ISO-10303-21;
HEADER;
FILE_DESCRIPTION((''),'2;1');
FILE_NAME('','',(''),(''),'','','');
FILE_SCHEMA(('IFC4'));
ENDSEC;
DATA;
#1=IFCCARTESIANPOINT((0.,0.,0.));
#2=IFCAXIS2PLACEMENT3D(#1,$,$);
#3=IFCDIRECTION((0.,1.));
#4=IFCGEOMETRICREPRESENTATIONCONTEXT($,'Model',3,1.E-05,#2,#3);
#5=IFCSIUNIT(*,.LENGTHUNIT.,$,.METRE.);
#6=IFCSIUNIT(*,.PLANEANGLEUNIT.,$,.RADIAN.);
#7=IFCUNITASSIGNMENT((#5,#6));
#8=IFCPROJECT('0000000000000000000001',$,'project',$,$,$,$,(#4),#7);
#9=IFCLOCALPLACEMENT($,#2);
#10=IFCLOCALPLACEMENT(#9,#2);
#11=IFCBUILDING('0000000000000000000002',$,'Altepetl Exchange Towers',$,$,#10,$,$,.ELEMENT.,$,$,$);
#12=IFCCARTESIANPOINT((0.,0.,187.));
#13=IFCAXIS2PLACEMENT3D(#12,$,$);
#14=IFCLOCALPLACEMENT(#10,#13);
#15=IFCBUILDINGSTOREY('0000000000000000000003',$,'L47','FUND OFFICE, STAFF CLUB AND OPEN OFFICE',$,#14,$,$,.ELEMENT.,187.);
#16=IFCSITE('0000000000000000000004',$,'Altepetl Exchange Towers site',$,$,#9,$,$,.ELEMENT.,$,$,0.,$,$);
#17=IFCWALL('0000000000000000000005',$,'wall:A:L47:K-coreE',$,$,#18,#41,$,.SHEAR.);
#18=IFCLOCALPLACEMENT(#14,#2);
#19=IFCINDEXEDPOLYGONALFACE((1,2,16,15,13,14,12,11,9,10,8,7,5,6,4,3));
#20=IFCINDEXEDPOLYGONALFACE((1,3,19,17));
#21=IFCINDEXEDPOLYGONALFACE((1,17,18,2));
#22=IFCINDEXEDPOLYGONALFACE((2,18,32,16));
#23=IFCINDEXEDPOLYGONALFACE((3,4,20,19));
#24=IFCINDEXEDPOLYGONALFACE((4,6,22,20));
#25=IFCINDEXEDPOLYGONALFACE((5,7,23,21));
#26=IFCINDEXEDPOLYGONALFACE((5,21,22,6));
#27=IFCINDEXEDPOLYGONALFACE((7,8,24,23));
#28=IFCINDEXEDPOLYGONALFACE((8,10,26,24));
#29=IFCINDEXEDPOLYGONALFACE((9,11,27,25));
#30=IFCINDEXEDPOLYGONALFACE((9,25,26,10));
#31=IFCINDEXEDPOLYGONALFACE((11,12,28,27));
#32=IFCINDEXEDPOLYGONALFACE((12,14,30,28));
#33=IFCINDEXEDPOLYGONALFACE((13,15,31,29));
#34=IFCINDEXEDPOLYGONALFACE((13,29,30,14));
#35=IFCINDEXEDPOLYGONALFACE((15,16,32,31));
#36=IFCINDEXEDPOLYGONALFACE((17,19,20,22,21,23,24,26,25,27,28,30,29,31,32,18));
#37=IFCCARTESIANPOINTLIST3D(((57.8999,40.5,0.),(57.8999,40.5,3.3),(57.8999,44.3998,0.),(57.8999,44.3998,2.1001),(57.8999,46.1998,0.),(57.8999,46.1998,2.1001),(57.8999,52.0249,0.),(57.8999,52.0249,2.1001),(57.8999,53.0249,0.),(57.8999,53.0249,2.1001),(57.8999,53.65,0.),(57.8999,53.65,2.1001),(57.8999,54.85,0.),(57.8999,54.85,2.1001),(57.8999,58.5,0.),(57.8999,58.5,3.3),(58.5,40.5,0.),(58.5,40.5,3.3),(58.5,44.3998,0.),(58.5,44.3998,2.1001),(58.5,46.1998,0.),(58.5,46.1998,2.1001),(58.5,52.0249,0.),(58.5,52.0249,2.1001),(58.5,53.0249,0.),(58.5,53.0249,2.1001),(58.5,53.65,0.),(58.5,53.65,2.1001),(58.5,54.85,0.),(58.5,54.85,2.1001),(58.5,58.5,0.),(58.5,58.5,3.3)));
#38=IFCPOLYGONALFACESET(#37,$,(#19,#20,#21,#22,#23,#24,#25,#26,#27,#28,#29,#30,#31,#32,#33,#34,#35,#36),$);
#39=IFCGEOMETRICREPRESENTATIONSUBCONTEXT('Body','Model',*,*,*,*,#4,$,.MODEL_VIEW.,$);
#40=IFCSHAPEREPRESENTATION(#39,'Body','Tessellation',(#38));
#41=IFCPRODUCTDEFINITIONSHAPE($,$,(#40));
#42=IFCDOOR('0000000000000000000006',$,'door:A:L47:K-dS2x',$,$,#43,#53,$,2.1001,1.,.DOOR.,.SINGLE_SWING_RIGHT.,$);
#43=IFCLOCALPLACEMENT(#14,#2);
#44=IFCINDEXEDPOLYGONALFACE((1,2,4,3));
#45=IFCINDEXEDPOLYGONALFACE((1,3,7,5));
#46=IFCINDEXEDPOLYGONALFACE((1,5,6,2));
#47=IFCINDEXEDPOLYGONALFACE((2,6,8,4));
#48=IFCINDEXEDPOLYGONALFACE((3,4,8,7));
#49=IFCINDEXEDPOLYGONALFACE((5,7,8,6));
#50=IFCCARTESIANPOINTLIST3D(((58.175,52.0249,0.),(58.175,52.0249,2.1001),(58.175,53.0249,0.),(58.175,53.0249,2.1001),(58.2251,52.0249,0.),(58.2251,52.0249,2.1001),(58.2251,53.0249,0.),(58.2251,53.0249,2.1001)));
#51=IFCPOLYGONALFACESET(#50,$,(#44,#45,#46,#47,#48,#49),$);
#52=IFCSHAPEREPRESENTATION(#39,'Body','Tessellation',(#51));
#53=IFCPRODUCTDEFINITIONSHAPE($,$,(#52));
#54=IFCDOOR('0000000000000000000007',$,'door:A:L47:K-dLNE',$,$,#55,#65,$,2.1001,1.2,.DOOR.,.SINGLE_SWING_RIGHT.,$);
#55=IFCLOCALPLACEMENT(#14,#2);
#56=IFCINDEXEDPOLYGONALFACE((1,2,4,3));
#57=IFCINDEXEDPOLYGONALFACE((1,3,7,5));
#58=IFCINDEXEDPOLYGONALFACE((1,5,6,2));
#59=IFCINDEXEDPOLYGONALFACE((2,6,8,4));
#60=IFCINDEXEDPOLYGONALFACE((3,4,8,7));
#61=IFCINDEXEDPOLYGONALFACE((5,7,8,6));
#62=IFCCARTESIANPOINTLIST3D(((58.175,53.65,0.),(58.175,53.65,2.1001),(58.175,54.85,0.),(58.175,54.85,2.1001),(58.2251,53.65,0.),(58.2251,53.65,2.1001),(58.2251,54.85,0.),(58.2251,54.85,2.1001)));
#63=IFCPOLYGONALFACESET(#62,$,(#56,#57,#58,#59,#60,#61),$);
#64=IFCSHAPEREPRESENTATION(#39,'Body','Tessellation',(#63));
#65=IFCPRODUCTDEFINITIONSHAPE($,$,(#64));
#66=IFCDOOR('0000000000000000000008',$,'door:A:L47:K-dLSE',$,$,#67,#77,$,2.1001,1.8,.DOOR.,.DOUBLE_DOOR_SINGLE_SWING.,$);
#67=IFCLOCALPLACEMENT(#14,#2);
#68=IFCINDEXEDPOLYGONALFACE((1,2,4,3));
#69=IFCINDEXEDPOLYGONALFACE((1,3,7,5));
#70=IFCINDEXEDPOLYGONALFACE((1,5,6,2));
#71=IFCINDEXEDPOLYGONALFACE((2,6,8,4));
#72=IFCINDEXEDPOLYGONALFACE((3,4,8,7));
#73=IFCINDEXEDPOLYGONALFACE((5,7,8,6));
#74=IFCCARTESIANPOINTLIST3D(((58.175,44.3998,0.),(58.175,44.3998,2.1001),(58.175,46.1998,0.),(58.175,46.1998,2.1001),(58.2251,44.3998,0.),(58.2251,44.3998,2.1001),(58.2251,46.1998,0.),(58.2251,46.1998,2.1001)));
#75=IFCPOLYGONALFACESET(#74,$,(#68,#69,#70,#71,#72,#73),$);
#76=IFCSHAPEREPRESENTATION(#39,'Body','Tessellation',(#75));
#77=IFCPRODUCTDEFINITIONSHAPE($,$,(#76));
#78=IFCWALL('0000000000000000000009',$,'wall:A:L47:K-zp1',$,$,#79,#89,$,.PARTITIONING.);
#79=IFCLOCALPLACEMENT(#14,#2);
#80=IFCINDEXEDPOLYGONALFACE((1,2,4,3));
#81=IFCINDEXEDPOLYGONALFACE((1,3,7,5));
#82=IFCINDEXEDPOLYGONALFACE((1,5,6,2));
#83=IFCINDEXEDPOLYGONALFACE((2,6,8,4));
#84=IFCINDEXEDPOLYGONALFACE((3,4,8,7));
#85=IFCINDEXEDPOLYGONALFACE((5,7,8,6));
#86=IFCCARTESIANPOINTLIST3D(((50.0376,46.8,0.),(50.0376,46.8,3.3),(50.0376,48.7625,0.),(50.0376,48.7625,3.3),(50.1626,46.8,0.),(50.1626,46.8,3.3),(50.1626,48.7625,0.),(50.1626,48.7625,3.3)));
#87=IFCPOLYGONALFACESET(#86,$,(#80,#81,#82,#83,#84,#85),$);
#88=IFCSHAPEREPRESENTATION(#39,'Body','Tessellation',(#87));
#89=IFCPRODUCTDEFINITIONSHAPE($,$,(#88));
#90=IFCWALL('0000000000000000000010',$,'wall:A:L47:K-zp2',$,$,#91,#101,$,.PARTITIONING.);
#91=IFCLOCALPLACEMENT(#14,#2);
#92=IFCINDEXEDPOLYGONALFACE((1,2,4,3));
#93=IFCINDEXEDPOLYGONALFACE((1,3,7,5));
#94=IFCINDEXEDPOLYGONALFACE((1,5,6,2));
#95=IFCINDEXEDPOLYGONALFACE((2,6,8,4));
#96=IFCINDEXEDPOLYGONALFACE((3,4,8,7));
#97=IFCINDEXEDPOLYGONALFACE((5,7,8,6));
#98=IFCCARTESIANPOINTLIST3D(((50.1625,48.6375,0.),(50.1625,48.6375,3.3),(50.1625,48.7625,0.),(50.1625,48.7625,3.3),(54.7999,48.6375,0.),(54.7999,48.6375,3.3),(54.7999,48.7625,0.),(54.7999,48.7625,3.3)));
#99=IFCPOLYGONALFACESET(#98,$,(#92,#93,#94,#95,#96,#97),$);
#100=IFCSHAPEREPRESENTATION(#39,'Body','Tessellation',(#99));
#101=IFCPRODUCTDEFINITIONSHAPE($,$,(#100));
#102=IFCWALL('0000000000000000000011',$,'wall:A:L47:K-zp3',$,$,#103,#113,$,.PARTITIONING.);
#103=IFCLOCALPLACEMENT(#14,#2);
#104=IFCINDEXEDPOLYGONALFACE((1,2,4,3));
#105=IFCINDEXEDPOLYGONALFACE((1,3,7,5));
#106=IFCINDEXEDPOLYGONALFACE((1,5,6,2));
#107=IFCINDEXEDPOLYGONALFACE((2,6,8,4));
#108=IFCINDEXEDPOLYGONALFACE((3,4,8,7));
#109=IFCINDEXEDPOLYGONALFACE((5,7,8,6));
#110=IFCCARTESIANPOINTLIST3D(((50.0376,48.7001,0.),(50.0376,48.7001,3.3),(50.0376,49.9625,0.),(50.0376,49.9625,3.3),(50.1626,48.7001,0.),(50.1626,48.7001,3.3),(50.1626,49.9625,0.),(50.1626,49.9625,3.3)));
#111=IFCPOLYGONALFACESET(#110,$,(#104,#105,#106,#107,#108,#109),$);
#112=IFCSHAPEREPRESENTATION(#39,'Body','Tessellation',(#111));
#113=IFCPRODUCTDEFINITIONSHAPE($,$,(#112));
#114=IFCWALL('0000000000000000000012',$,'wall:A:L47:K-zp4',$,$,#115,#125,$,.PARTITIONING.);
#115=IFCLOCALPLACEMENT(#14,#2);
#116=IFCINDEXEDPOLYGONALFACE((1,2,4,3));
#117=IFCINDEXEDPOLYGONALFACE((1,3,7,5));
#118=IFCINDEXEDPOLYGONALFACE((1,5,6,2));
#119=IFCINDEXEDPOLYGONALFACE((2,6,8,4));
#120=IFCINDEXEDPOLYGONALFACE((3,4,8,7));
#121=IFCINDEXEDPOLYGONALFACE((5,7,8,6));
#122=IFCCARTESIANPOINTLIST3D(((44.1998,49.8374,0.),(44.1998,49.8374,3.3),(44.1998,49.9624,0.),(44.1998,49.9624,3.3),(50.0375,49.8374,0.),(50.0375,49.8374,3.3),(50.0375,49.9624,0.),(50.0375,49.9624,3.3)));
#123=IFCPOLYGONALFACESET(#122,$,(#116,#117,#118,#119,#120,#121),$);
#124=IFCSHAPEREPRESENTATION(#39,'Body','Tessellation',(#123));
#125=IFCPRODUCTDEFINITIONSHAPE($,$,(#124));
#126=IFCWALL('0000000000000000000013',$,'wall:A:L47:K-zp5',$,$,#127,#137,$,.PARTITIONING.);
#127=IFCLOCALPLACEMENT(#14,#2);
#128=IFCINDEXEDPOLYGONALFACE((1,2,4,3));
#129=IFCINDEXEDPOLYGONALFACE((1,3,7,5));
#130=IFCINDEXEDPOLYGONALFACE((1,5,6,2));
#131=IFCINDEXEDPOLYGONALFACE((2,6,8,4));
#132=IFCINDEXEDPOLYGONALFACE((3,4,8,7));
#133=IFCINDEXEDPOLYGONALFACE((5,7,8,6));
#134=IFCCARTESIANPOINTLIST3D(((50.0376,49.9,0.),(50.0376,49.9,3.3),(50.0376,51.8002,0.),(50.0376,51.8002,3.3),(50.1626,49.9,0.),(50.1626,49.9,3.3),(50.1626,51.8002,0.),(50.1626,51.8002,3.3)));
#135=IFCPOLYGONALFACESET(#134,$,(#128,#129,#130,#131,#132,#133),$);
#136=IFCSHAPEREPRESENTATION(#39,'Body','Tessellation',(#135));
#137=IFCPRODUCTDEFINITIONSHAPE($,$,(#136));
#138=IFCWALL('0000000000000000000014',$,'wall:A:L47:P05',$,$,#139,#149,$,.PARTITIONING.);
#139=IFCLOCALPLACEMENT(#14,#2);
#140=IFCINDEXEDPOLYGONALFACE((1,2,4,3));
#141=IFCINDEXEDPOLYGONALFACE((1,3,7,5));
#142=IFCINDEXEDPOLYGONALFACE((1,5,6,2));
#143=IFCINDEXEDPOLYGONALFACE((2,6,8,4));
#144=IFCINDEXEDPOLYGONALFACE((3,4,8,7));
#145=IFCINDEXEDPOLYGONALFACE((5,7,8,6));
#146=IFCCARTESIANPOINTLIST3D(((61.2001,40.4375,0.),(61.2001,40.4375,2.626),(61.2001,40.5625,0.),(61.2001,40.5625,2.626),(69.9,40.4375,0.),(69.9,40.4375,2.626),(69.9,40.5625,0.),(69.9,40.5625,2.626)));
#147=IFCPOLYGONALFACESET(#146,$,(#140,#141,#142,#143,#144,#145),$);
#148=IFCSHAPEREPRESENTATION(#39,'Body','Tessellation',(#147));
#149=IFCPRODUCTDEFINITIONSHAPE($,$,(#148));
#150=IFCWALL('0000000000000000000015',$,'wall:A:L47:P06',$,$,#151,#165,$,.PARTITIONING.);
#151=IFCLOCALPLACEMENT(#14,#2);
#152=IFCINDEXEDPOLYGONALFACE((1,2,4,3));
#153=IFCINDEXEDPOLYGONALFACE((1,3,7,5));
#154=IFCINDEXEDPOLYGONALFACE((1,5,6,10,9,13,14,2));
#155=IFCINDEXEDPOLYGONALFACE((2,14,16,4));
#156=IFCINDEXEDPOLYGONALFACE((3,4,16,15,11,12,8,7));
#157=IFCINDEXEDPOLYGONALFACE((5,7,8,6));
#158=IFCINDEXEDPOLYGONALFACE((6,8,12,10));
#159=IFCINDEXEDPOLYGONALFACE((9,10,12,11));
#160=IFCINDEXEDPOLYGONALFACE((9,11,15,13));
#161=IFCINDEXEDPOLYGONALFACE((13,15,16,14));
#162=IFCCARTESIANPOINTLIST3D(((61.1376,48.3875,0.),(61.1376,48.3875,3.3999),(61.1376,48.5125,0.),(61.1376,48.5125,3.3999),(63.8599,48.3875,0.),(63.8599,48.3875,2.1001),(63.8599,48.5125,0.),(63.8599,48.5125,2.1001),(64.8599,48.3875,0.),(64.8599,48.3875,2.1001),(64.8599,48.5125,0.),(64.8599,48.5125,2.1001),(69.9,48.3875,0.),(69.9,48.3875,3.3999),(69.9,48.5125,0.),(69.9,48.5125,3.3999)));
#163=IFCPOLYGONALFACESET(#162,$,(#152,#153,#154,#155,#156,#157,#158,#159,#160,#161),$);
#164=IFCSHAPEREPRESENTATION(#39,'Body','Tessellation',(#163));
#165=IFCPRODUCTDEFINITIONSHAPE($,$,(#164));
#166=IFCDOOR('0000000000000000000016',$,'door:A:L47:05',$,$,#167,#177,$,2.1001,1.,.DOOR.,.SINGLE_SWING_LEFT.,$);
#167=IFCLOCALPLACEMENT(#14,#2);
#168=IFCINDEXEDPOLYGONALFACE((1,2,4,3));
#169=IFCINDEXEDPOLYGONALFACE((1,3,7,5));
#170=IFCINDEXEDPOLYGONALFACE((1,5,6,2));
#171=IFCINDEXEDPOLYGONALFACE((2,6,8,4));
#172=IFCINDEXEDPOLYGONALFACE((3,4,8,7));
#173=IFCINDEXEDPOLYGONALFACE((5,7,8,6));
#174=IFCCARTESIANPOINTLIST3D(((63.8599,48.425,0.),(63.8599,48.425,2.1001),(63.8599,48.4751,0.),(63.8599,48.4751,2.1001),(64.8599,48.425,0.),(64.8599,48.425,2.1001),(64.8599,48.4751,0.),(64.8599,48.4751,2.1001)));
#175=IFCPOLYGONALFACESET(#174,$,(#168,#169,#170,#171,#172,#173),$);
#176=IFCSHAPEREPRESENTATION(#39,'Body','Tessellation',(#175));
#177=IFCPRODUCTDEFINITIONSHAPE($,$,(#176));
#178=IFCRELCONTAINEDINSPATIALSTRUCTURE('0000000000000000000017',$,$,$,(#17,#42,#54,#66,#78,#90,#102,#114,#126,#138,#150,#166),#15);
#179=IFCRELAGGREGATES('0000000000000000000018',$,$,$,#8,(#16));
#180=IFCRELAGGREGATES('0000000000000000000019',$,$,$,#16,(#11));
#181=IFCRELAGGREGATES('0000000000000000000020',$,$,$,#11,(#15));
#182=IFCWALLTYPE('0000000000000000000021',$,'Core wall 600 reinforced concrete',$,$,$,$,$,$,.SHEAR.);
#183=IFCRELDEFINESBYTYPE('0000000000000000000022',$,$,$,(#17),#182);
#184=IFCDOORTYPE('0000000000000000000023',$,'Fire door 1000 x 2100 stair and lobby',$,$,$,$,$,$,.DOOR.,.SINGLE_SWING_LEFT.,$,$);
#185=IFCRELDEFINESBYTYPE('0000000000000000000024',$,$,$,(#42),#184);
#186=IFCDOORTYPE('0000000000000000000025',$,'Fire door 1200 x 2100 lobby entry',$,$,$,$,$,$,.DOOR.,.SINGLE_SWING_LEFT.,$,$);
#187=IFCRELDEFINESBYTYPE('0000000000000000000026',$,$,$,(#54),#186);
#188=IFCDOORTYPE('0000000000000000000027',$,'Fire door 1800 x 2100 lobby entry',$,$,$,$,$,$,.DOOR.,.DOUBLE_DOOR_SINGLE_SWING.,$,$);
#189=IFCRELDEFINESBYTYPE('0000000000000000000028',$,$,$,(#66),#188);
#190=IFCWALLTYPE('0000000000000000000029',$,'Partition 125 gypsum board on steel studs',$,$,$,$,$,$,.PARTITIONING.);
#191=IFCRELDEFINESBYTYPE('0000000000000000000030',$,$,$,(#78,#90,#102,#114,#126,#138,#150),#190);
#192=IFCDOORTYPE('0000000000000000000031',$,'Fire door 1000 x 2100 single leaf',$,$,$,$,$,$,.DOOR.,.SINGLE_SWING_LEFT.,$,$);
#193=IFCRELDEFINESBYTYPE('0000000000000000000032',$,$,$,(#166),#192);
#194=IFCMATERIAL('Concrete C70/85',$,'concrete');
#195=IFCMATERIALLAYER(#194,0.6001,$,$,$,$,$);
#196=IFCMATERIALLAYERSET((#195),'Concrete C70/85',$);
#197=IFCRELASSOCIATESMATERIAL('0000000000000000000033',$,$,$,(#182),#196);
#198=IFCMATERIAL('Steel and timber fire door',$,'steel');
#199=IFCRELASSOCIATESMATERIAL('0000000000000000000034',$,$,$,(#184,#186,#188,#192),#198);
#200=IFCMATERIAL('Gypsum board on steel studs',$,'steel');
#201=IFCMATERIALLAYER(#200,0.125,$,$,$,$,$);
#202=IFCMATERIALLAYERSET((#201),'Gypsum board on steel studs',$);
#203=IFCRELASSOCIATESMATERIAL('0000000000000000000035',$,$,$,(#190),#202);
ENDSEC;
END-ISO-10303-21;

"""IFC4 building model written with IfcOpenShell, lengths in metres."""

from ifc_helpers import new_model, si_unit, direction, frame, frame_2d, origin, place, context, subcontext, project, spatial, rectangle, extrude, material, layer, layer_set, type_object, element, fill, save


model = new_model("IFC4")

# Units and contexts
model_context = context("Model", 3, precision=1e-05, world=origin(), true_north=direction((0.0, 1.0)))
body_context = subcontext(model_context, "Body", "Model", "MODEL_VIEW")
ifc_project = project(units=[si_unit("LENGTHUNIT", "METRE"), si_unit("PLANEANGLEUNIT", "RADIAN")], contexts=[model_context])

# Site, building, storey
site_placement = place(None, origin())
site = spatial("IfcSite", under=ifc_project, at=site_placement, Name="Altepetl Exchange Towers site", CompositionType="ELEMENT", RefElevation=0.0)
building_placement = place(site_placement, origin())
building = spatial("IfcBuilding", under=site, at=building_placement, Name="Altepetl Exchange Towers", CompositionType="ELEMENT")
storey_placement = place(building_placement, frame((0.0, 0.0, 187.0)))
storey = spatial("IfcBuildingStorey", under=building, at=storey_placement, Name="L47", Description="FUND OFFICE, STAFF CLUB AND OPEN OFFICE", CompositionType="ELEMENT", Elevation=187.0)

# Wall, openings, doors
ifc_material_1 = material(Name="Concrete C70/85", Category="concrete")
ifc_layer_1 = layer(ifc_material_1, 0.6001)
ifc_layer_set_1 = layer_set([ifc_layer_1], Name="Concrete C70/85")
wall_type_1 = type_object("IfcWallType", Name="Core wall 600 reinforced concrete", PredefinedType="SHEAR", material=ifc_layer_set_1)
wall_1_placement = place(storey_placement, frame((58.2, 40.5, 0.0), z_axis=(0.0, 0.0, 1.0), x_axis=(0.0, 1.0, 0.0)))
wall_1 = element("IfcWall", 1, at=wall_1_placement, inside=storey, type_object=wall_type_1, Name="wall:A:L47:K-coreE", PredefinedType="SHEAR", context=body_context, shape_type="SweptSolid", body=[
    extrude(rectangle(XDim=18.0, YDim=0.6001, at=frame_2d((9.0, 0.0))), origin(), (0.0, 0.0, 1.0), 3.3),
])
opening_1_placement = place(wall_1_placement, frame((13.1499, 0.0, 0.0)))
opening_1 = element("IfcOpeningElement", 2, at=opening_1_placement, cuts=wall_1, PredefinedType="OPENING", context=body_context, shape_type="SweptSolid", body=[
    extrude(rectangle(XDim=1.2, YDim=2.1001, at=frame_2d((0.6001, 1.05))), frame((0.0, 0.3101, 0.0), z_axis=(0.0, -1.0, 0.0), x_axis=(1.0, 0.0, 0.0)), (0.0, 0.0, 1.0), 0.6201),
])
opening_2_placement = place(wall_1_placement, frame((3.8999, 0.0, 0.0)))
opening_2 = element("IfcOpeningElement", 3, at=opening_2_placement, cuts=wall_1, PredefinedType="OPENING", context=body_context, shape_type="SweptSolid", body=[
    extrude(rectangle(XDim=1.8, YDim=2.1001, at=frame_2d((0.8999, 1.05))), frame((0.0, 0.3101, 0.0), z_axis=(0.0, -1.0, 0.0), x_axis=(1.0, 0.0, 0.0)), (0.0, 0.0, 1.0), 0.6201),
])
opening_3_placement = place(wall_1_placement, frame((11.5249, 0.0, 0.0)))
opening_3 = element("IfcOpeningElement", 4, at=opening_3_placement, cuts=wall_1, PredefinedType="OPENING", context=body_context, shape_type="SweptSolid", body=[
    extrude(rectangle(XDim=1.0, YDim=2.1001, at=frame_2d((0.5, 1.05))), frame((0.0, 0.3101, 0.0), z_axis=(0.0, -1.0, 0.0), x_axis=(1.0, 0.0, 0.0)), (0.0, 0.0, 1.0), 0.6201),
])
ifc_material_2 = material(Name="Steel and timber fire door", Category="steel")
door_type_1 = type_object("IfcDoorType", Name="Fire door 1000 x 2100 stair and lobby", OperationType="SINGLE_SWING_LEFT", PredefinedType="DOOR", material=ifc_material_2)
door_1_placement = place(opening_3_placement, origin())
door_1 = element("IfcDoor", 5, at=door_1_placement, inside=storey, type_object=door_type_1, Name="door:A:L47:K-dS2x", OperationType="SINGLE_SWING_RIGHT", OverallHeight=2.1001, OverallWidth=1.0, PredefinedType="DOOR", context=body_context, shape_type="SweptSolid", body=[
    extrude(rectangle(XDim=1.0, YDim=2.1001, at=frame_2d((0.5, 1.05))), frame((0.0, 0.0249, 0.0), z_axis=(0.0, -1.0, 0.0), x_axis=(1.0, 0.0, 0.0)), (0.0, 0.0, 1.0), 0.05),
])
fill(opening_3, door_1)
door_type_2 = type_object("IfcDoorType", Name="Fire door 1200 x 2100 lobby entry", OperationType="SINGLE_SWING_LEFT", PredefinedType="DOOR", material=ifc_material_2)
door_2_placement = place(opening_1_placement, origin())
door_2 = element("IfcDoor", 6, at=door_2_placement, inside=storey, type_object=door_type_2, Name="door:A:L47:K-dLNE", OperationType="SINGLE_SWING_RIGHT", OverallHeight=2.1001, OverallWidth=1.2, PredefinedType="DOOR", context=body_context, shape_type="SweptSolid", body=[
    extrude(rectangle(XDim=1.2, YDim=2.1001, at=frame_2d((0.6001, 1.05))), frame((0.0, 0.0249, 0.0), z_axis=(0.0, -1.0, 0.0), x_axis=(1.0, 0.0, 0.0)), (0.0, 0.0, 1.0), 0.05),
])
fill(opening_1, door_2)
door_type_3 = type_object("IfcDoorType", Name="Fire door 1800 x 2100 lobby entry", OperationType="DOUBLE_DOOR_SINGLE_SWING", PredefinedType="DOOR", material=ifc_material_2)
door_3_placement = place(opening_2_placement, origin())
door_3 = element("IfcDoor", 7, at=door_3_placement, inside=storey, type_object=door_type_3, Name="door:A:L47:K-dLSE", OperationType="DOUBLE_DOOR_SINGLE_SWING", OverallHeight=2.1001, OverallWidth=1.8, PredefinedType="DOOR", context=body_context, shape_type="SweptSolid", body=[
    extrude(rectangle(XDim=1.8, YDim=2.1001, at=frame_2d((0.8999, 1.05))), frame((0.0, 0.0249, 0.0), z_axis=(0.0, -1.0, 0.0), x_axis=(1.0, 0.0, 0.0)), (0.0, 0.0, 1.0), 0.05),
])
fill(opening_2, door_3)

# Walls
ifc_material_3 = material(Name="Gypsum board on steel studs", Category="steel")
ifc_layer_2 = layer(ifc_material_3, 0.125)
ifc_layer_set_2 = layer_set([ifc_layer_2], Name="Gypsum board on steel studs")
wall_type_2 = type_object("IfcWallType", Name="Partition 125 gypsum board on steel studs", PredefinedType="PARTITIONING", material=ifc_layer_set_2)
wall_2_placement = place(storey_placement, frame((50.1001, 46.8, 0.0), z_axis=(0.0, 0.0, 1.0), x_axis=(0.0, 1.0, 0.0)))
element("IfcWall", 8, at=wall_2_placement, inside=storey, type_object=wall_type_2, Name="wall:A:L47:K-zp1", PredefinedType="PARTITIONING", context=body_context, shape_type="SweptSolid", body=[
    extrude(rectangle(XDim=1.9624, YDim=0.125, at=frame_2d((0.9812, 0.0))), origin(), (0.0, 0.0, 1.0), 3.3),
])
wall_3_placement = place(storey_placement, frame((54.8, 48.7, 0.0), z_axis=(0.0, 0.0, 1.0), x_axis=(-1.0, 0.0, 0.0)))
element("IfcWall", 9, at=wall_3_placement, inside=storey, type_object=wall_type_2, Name="wall:A:L47:K-zp2", PredefinedType="PARTITIONING", context=body_context, shape_type="SweptSolid", body=[
    extrude(rectangle(XDim=4.6375, YDim=0.125, at=frame_2d((2.3188, 0.0))), origin(), (0.0, 0.0, 1.0), 3.3),
])
wall_4_placement = place(storey_placement, frame((50.1001, 48.7, 0.0), z_axis=(0.0, 0.0, 1.0), x_axis=(0.0, 1.0, 0.0)))
element("IfcWall", 10, at=wall_4_placement, inside=storey, type_object=wall_type_2, Name="wall:A:L47:K-zp3", PredefinedType="PARTITIONING", context=body_context, shape_type="SweptSolid", body=[
    extrude(rectangle(XDim=1.2625, YDim=0.125, at=frame_2d((0.6313, 0.0))), origin(), (0.0, 0.0, 1.0), 3.3),
])
wall_5_placement = place(storey_placement, frame((50.0376, 49.8999, 0.0), z_axis=(0.0, 0.0, 1.0), x_axis=(-1.0, 0.0, 0.0)))
element("IfcWall", 11, at=wall_5_placement, inside=storey, type_object=wall_type_2, Name="wall:A:L47:K-zp4", PredefinedType="PARTITIONING", context=body_context, shape_type="SweptSolid", body=[
    extrude(rectangle(XDim=5.8376, YDim=0.125, at=frame_2d((2.9189, 0.0))), origin(), (0.0, 0.0, 1.0), 3.3),
])
wall_6_placement = place(storey_placement, frame((50.1001, 49.8999, 0.0), z_axis=(0.0, 0.0, 1.0), x_axis=(0.0, 1.0, 0.0)))
element("IfcWall", 12, at=wall_6_placement, inside=storey, type_object=wall_type_2, Name="wall:A:L47:K-zp5", PredefinedType="PARTITIONING", context=body_context, shape_type="SweptSolid", body=[
    extrude(rectangle(XDim=1.9001, YDim=0.125, at=frame_2d((0.9502, 0.0))), origin(), (0.0, 0.0, 1.0), 3.3),
])
wall_7_placement = place(storey_placement, frame((61.2, 40.5, 0.0)))
element("IfcWall", 13, at=wall_7_placement, inside=storey, type_object=wall_type_2, Name="wall:A:L47:P05", PredefinedType="PARTITIONING", context=body_context, shape_type="SweptSolid", body=[
    extrude(rectangle(XDim=8.7, YDim=0.125, at=frame_2d((4.3501, 0.0))), origin(), (0.0, 0.0, 1.0), 2.626),
])

# Wall, opening, door
wall_8_placement = place(storey_placement, frame((61.1375, 48.45, 0.0)))
wall_8 = element("IfcWall", 14, at=wall_8_placement, inside=storey, type_object=wall_type_2, Name="wall:A:L47:P06", PredefinedType="PARTITIONING", context=body_context, shape_type="SweptSolid", body=[
    extrude(rectangle(XDim=8.7625, YDim=0.125, at=frame_2d((4.3813, 0.0))), origin(), (0.0, 0.0, 1.0), 3.3999),
])
opening_4_placement = place(wall_8_placement, frame((2.7224, 0.0, 0.0)))
opening_4 = element("IfcOpeningElement", 15, at=opening_4_placement, cuts=wall_8, PredefinedType="OPENING", context=body_context, shape_type="SweptSolid", body=[
    extrude(rectangle(XDim=1.0, YDim=2.1001, at=frame_2d((0.5, 1.05))), frame((0.0, 0.0725, 0.0), z_axis=(0.0, -1.0, 0.0), x_axis=(1.0, 0.0, 0.0)), (0.0, 0.0, 1.0), 0.145),
])
door_type_4 = type_object("IfcDoorType", Name="Fire door 1000 x 2100 single leaf", OperationType="SINGLE_SWING_LEFT", PredefinedType="DOOR", material=ifc_material_2)
door_4_placement = place(opening_4_placement, frame((1.0, 0.0, 0.0), x_axis=(-1.0, 0.0, 0.0)))
door_4 = element("IfcDoor", 16, at=door_4_placement, inside=storey, type_object=door_type_4, Name="door:A:L47:05", OperationType="SINGLE_SWING_LEFT", OverallHeight=2.1001, OverallWidth=1.0, PredefinedType="DOOR", context=body_context, shape_type="SweptSolid", body=[
    extrude(rectangle(XDim=1.0, YDim=2.1001, at=frame_2d((0.5, 1.05))), frame((0.0, 0.0249, 0.0), z_axis=(0.0, -1.0, 0.0), x_axis=(1.0, 0.0, 0.0)), (0.0, 0.0, 1.0), 0.05),
])
fill(opening_4, door_4)

save(model, "model.ifc")
